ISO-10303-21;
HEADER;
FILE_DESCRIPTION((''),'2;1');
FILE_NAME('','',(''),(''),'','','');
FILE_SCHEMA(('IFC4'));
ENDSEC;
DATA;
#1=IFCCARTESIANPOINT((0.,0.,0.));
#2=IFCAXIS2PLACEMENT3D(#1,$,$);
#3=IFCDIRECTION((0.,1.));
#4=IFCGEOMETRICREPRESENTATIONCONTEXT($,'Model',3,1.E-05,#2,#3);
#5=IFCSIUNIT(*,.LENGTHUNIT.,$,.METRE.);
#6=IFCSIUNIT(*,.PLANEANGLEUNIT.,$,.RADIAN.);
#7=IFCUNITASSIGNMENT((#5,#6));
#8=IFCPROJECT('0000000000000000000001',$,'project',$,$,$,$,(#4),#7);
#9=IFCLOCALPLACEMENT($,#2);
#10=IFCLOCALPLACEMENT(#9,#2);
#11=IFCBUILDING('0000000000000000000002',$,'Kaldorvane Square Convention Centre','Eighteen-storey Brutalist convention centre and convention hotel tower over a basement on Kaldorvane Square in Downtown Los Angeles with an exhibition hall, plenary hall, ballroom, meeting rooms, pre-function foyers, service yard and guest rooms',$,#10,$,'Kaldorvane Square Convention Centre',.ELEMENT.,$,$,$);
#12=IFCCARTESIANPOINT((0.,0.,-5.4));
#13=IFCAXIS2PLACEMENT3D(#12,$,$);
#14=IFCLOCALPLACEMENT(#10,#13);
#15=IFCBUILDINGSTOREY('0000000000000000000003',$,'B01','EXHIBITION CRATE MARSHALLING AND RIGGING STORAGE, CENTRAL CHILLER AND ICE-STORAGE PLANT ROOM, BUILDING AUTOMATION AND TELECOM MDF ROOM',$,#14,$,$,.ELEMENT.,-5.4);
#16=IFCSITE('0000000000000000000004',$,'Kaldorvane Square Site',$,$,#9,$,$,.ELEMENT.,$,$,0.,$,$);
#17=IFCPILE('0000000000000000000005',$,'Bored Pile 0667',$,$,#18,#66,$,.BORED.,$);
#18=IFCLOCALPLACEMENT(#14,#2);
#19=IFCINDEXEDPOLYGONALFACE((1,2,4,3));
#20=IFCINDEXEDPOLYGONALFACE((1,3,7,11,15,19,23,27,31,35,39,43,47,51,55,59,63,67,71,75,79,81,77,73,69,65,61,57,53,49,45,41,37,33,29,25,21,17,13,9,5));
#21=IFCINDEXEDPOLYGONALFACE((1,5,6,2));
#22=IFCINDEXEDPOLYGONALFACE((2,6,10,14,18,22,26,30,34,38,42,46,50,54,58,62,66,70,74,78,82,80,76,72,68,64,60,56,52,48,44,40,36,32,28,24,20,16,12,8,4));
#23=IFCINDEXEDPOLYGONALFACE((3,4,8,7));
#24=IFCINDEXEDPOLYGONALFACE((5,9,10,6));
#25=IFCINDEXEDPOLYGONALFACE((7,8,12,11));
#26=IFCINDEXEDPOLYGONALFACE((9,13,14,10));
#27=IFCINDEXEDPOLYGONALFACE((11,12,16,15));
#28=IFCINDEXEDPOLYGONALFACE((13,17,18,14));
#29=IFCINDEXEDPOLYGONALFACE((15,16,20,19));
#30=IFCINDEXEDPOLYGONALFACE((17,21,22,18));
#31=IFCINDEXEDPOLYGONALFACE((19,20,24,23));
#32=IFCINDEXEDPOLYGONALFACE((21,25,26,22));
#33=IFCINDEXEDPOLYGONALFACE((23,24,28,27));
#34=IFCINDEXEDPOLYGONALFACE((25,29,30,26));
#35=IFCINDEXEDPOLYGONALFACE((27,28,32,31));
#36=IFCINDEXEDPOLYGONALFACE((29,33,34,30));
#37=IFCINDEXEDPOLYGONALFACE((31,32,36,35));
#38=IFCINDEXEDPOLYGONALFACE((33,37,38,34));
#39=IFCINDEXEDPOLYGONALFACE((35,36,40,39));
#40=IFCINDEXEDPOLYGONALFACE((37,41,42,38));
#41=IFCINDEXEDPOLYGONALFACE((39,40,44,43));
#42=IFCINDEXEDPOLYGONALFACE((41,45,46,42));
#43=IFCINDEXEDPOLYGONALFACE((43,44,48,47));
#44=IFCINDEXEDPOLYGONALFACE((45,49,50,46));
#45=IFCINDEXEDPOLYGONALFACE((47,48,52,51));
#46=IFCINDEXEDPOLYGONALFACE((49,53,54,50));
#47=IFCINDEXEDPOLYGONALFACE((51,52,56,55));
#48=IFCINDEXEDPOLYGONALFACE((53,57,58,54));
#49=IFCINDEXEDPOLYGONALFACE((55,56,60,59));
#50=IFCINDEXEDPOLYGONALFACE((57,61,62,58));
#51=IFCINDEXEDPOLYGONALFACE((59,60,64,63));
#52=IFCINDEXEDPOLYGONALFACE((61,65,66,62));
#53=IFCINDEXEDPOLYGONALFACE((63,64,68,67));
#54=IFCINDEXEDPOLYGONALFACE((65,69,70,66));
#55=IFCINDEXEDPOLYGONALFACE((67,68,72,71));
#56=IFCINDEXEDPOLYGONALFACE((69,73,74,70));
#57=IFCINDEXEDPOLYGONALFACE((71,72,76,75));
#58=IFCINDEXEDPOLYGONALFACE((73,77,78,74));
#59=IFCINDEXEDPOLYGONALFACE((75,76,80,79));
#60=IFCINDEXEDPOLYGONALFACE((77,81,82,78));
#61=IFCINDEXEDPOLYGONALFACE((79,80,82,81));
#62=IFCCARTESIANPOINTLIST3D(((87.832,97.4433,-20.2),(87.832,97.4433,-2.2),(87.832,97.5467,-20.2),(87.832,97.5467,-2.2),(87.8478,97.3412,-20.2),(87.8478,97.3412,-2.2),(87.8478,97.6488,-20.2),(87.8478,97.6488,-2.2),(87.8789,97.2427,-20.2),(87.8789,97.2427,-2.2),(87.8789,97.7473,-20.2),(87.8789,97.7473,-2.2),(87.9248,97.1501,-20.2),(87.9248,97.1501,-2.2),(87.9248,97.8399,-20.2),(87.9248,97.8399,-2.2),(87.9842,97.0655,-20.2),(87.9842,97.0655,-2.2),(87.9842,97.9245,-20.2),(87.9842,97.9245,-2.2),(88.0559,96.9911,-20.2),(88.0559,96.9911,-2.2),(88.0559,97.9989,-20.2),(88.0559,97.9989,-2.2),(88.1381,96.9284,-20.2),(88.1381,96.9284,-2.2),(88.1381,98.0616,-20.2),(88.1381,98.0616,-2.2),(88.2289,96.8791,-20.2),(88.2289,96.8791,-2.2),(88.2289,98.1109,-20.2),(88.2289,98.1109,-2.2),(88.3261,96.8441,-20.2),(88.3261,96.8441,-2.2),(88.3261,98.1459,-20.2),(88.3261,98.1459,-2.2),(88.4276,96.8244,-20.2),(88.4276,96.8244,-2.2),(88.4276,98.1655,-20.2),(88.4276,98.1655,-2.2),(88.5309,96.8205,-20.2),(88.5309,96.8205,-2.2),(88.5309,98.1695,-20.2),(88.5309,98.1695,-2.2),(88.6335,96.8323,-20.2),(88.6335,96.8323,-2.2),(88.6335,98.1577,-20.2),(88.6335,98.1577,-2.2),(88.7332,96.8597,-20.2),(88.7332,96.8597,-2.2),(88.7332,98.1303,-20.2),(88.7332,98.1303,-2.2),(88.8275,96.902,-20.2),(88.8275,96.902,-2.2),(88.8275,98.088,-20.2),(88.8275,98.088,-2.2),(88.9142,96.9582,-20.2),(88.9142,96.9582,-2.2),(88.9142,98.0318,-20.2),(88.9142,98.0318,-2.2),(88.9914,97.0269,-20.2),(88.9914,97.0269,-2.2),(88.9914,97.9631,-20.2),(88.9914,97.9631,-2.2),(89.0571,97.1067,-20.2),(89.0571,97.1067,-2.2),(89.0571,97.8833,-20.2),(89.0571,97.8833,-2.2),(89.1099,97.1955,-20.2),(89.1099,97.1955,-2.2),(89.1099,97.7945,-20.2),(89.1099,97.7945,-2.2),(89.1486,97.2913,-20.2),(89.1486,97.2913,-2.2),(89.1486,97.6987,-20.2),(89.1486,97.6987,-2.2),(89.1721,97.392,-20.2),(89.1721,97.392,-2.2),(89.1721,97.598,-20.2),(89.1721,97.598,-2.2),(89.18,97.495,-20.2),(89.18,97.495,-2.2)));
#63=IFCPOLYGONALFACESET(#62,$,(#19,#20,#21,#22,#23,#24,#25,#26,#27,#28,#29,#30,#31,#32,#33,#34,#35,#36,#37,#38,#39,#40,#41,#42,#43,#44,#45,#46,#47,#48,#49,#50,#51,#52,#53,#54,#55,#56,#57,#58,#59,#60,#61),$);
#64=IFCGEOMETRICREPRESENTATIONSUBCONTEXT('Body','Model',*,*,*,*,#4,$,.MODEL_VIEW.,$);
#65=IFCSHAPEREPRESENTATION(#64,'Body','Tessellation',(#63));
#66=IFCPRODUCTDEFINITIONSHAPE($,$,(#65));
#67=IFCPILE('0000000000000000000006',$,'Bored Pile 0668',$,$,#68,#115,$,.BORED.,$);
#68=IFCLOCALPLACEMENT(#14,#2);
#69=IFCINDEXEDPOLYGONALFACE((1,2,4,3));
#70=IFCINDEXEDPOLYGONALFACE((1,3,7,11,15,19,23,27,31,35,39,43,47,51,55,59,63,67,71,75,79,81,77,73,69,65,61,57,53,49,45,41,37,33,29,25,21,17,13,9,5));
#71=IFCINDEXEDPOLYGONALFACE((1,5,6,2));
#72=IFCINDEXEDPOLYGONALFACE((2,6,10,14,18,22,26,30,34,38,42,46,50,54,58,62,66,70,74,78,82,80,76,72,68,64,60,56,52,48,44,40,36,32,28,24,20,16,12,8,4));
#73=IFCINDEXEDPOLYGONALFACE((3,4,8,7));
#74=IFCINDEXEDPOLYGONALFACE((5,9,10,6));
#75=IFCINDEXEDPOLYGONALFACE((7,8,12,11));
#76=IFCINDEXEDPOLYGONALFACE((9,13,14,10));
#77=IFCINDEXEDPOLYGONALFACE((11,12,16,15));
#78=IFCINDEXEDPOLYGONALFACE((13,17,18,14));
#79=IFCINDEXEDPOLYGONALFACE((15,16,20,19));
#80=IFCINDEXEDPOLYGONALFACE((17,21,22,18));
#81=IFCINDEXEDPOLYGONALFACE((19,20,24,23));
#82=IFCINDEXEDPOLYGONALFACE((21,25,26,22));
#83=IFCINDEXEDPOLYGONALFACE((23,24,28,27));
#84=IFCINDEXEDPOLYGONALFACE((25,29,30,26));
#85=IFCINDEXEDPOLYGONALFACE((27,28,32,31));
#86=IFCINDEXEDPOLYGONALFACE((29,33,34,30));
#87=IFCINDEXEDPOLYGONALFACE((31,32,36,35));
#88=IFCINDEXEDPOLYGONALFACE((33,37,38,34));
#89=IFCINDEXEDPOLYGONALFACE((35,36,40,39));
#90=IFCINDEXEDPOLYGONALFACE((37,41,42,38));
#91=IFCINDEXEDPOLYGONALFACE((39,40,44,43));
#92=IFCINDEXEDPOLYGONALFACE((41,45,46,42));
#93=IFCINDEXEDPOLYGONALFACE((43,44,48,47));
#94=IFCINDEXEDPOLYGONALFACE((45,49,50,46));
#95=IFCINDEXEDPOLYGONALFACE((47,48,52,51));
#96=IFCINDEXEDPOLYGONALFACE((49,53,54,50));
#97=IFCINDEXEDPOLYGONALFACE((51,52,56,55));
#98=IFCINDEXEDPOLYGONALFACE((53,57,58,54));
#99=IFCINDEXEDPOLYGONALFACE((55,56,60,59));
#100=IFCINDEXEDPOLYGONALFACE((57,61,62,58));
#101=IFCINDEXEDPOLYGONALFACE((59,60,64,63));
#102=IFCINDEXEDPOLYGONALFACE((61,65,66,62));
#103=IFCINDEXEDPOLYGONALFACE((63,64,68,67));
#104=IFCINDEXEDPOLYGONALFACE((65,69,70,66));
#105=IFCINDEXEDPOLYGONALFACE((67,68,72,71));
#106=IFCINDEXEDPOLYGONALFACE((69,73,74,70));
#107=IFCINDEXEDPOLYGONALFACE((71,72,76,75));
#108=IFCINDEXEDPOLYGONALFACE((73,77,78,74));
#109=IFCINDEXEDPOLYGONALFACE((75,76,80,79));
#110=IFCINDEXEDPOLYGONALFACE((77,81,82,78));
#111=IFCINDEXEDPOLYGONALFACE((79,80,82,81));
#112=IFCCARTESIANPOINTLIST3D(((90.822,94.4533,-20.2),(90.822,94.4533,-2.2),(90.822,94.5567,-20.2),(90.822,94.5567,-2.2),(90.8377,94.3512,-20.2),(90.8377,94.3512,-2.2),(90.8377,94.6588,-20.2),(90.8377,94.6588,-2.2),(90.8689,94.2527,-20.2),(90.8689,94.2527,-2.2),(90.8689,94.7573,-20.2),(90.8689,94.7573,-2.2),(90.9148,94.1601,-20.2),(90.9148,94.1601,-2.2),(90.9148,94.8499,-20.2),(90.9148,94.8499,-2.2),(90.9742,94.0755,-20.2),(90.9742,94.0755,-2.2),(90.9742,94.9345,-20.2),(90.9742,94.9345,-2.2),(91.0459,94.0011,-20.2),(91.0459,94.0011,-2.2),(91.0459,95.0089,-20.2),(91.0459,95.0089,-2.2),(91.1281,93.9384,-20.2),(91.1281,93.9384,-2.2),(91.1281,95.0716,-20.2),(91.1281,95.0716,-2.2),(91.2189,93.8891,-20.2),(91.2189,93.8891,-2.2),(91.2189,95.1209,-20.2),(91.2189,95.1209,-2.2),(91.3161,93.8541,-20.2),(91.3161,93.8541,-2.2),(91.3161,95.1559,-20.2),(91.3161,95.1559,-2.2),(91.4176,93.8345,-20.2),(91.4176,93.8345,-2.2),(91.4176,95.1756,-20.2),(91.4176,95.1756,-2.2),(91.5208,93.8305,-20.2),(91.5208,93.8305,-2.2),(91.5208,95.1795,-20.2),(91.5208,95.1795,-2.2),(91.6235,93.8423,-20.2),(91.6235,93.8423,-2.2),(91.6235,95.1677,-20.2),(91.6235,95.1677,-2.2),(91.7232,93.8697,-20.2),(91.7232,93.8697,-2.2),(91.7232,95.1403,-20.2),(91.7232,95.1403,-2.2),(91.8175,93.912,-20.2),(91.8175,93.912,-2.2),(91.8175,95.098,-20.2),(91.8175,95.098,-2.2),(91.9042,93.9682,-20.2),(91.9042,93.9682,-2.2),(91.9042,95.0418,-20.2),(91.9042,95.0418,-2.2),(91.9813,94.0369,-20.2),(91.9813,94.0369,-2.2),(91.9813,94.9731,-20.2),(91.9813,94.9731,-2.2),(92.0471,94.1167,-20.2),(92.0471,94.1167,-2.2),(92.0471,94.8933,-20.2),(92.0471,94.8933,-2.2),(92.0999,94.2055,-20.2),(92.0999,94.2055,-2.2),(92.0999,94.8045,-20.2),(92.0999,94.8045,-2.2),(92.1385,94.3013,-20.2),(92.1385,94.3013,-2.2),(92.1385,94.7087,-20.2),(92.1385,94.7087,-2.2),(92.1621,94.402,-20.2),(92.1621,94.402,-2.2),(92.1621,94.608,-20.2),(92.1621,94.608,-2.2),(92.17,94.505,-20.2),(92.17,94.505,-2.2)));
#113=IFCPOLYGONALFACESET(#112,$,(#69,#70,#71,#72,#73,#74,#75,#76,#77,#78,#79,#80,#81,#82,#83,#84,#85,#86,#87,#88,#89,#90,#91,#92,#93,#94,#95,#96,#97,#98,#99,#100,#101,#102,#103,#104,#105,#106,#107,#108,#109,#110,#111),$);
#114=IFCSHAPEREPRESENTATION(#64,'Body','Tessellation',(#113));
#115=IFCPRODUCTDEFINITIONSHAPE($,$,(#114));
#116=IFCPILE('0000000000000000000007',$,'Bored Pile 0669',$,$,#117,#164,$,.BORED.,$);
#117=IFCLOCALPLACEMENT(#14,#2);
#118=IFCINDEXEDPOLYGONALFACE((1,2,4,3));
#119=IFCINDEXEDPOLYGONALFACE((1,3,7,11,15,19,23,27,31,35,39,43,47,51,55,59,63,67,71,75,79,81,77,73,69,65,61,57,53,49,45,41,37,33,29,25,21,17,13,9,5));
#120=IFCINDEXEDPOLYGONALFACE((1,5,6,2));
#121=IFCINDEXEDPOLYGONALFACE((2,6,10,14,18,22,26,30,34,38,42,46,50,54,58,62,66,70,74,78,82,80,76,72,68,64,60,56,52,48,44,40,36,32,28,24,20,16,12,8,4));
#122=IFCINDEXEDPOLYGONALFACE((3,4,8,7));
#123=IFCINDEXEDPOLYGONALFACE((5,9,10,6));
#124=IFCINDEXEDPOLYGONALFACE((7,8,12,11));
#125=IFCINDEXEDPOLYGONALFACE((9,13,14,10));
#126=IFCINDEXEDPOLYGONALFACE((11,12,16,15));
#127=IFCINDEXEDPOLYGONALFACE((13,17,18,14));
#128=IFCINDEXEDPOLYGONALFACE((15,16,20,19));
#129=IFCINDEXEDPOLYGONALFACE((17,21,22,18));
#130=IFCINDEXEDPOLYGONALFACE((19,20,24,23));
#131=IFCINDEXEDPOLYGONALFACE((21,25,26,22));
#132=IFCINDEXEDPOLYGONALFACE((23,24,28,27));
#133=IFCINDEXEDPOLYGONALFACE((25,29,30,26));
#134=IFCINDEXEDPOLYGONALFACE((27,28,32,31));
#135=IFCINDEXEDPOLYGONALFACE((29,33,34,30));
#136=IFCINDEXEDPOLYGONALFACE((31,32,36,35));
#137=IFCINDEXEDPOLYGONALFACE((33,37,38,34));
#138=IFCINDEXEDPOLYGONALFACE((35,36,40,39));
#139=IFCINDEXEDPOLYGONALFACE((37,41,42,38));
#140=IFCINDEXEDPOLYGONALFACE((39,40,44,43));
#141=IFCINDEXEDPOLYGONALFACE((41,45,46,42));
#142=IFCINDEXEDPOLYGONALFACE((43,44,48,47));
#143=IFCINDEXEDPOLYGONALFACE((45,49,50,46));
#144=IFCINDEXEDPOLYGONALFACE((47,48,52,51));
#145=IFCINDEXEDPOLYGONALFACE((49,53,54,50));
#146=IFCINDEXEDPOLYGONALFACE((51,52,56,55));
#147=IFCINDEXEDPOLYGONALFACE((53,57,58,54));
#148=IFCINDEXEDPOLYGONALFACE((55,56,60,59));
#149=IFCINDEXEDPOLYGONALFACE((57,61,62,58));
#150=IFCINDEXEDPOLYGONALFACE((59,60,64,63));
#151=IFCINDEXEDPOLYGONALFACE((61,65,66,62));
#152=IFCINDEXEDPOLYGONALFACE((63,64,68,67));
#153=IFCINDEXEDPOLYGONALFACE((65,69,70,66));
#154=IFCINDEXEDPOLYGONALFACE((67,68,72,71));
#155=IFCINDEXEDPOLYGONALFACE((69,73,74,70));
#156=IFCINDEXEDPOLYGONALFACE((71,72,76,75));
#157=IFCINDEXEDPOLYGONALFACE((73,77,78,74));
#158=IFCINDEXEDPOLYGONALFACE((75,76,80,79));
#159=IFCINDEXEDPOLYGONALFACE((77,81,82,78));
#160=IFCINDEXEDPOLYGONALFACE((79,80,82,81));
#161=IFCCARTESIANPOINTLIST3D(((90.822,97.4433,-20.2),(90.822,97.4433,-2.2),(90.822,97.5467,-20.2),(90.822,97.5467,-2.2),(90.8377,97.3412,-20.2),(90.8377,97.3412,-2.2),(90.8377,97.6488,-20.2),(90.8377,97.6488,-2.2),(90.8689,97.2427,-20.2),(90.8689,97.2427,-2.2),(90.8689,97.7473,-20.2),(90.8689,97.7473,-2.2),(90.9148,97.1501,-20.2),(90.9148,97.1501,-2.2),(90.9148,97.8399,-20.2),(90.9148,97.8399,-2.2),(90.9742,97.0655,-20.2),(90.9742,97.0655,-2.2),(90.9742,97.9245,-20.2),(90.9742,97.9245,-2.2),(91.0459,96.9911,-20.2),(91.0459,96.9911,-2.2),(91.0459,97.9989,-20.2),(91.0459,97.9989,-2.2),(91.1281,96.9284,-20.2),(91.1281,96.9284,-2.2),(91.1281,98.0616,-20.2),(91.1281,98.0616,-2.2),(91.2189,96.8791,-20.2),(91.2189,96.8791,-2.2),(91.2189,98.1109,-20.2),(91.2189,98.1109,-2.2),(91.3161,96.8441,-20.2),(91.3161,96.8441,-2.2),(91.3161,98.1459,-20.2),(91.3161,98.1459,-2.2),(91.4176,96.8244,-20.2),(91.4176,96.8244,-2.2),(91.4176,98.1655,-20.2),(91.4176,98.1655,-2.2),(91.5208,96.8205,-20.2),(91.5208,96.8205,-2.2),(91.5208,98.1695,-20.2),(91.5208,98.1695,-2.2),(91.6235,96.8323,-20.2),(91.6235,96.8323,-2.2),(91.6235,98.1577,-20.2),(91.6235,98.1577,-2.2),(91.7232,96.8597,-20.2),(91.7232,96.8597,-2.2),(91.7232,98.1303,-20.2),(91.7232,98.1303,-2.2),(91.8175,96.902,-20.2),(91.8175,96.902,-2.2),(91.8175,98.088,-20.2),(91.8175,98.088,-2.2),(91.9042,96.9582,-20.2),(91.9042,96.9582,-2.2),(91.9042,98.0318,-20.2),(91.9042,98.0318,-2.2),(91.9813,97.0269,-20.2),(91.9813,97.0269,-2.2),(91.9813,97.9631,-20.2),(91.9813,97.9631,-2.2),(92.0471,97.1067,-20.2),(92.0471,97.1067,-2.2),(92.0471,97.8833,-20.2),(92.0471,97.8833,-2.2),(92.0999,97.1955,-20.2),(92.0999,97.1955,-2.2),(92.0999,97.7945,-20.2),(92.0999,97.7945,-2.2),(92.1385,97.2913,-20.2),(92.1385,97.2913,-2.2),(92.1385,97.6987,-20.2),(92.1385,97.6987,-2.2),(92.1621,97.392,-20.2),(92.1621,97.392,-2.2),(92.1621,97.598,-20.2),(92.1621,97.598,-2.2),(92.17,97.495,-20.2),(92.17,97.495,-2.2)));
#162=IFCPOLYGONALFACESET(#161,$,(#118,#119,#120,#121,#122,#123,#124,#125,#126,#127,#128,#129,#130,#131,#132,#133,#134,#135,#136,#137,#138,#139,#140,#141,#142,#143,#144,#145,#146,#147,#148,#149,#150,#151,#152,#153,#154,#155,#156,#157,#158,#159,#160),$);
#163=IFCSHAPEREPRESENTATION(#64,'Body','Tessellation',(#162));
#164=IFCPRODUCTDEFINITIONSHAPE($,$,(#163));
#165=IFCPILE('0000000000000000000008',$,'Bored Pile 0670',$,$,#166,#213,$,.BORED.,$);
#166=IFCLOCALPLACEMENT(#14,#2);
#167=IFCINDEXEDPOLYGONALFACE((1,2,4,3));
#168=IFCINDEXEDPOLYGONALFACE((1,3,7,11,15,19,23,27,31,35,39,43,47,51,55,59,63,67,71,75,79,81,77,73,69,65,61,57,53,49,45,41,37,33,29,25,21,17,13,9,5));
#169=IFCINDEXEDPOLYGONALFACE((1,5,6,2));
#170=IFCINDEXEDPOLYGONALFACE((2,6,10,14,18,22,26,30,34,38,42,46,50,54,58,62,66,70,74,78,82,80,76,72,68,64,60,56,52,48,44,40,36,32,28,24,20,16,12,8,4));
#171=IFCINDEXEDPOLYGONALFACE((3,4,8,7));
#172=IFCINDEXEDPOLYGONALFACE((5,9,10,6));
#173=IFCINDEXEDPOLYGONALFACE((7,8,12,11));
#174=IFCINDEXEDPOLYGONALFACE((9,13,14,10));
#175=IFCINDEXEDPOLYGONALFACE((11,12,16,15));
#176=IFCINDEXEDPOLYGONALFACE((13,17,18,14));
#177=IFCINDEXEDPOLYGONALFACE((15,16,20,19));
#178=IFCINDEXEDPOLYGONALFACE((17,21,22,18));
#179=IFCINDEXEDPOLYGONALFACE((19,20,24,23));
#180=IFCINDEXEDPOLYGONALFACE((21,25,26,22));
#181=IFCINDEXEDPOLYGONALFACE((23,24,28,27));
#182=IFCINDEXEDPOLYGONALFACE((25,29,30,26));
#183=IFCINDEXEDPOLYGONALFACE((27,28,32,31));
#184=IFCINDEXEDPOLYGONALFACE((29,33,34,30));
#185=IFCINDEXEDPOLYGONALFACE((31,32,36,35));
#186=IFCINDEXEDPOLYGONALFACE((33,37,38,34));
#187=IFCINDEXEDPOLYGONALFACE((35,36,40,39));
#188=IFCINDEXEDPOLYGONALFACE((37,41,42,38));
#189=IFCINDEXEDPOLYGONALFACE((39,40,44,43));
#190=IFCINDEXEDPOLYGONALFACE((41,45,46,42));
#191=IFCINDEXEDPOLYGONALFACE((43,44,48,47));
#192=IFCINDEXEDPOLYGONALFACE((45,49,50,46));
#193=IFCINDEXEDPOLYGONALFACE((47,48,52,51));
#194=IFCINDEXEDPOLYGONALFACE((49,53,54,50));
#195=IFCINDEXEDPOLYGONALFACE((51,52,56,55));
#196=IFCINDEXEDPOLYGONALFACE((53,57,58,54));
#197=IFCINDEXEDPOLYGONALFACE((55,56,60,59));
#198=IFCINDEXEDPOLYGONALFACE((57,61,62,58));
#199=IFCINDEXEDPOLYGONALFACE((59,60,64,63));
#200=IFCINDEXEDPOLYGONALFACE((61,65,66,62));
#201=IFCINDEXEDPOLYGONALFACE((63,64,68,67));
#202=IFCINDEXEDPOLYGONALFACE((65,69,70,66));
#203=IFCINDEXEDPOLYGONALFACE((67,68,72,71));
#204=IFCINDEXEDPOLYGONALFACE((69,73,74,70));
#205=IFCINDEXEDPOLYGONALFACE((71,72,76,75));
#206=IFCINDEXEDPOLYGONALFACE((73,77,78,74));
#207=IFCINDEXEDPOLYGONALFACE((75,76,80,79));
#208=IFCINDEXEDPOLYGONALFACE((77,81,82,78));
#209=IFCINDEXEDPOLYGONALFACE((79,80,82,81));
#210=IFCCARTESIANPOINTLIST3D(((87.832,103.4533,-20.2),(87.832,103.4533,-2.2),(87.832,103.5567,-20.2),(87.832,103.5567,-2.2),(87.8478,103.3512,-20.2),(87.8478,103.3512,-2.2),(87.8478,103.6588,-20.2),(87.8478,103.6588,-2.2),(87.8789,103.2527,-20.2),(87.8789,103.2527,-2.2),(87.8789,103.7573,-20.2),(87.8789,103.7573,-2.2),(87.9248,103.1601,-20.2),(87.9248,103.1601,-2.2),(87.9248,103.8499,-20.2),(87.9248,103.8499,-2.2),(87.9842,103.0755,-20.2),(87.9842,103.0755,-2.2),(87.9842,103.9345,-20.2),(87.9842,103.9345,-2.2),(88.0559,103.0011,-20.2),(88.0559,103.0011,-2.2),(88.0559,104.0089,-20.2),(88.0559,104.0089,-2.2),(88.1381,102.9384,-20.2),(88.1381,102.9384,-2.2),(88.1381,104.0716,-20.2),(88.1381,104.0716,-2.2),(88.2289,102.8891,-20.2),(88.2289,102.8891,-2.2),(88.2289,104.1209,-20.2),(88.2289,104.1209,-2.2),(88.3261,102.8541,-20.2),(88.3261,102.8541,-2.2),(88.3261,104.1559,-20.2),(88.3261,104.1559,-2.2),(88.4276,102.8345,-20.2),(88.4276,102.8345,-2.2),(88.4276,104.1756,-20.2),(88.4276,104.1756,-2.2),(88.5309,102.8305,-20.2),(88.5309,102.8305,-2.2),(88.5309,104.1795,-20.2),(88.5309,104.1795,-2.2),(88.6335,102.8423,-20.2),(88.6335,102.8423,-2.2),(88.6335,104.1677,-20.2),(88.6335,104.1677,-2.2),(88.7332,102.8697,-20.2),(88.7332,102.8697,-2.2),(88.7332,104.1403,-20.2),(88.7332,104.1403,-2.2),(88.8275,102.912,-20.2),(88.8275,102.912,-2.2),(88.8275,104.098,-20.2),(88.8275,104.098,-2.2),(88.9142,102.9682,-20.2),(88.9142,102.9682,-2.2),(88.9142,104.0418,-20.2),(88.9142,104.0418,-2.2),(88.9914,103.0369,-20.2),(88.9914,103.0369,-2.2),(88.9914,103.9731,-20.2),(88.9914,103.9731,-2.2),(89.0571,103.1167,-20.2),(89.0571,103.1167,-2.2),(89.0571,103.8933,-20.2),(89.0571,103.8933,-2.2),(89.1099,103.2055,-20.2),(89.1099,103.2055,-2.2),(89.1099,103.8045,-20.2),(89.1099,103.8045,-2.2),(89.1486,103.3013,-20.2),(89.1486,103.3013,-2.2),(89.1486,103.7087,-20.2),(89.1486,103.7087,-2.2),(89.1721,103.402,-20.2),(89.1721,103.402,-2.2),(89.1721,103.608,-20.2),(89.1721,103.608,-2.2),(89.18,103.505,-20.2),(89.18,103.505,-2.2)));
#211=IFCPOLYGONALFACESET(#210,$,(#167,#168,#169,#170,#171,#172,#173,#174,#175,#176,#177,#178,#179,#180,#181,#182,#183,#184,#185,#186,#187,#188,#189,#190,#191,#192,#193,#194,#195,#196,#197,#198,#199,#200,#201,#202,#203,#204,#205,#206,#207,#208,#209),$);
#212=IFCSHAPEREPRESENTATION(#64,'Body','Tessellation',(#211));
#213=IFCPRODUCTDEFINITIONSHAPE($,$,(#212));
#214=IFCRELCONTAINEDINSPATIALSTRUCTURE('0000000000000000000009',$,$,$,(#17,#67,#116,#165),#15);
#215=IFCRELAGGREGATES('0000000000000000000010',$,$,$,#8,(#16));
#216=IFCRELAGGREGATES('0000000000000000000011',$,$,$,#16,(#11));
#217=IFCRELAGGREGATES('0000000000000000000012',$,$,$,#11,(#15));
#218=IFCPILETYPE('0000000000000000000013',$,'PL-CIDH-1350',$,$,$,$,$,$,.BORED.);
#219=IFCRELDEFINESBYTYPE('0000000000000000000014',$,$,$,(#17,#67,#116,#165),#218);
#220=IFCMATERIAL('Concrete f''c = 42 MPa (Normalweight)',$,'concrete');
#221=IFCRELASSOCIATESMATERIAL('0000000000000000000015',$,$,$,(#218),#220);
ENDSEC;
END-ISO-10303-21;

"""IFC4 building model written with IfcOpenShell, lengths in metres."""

from ifc_helpers import new_model, si_unit, direction, frame, origin, origin_2d, place, context, subcontext, project, spatial, circle, extrude, material, material_profile, profile_set, type_object, element, save


model = new_model("IFC4")

# Units and contexts
model_context = context("Model", 3, precision=1e-05, world=origin(), true_north=direction((0.0, 1.0)))
body_context = subcontext(model_context, "Body", "Model", "MODEL_VIEW")
ifc_project = project(units=[si_unit("LENGTHUNIT", "METRE"), si_unit("PLANEANGLEUNIT", "RADIAN")], contexts=[model_context])

# Site, building, storey
site_placement = place(None, origin())
site = spatial("IfcSite", under=ifc_project, at=site_placement, Name="Kaldorvane Square Site", CompositionType="ELEMENT", RefElevation=0.0)
building_placement = place(site_placement, origin())
building = spatial("IfcBuilding", under=site, at=building_placement, Name="Kaldorvane Square Convention Centre", Description="Eighteen-storey Brutalist convention centre and convention hotel tower over a basement on Kaldorvane Square in Downtown Los Angeles with an exhibition hall, plenary hall, ballroom, meeting rooms, pre-function foyers, service yard and guest rooms", LongName="Kaldorvane Square Convention Centre", CompositionType="ELEMENT")
storey_placement = place(building_placement, frame((0.0, 0.0, -5.4)))
storey = spatial("IfcBuildingStorey", under=building, at=storey_placement, Name="B01", Description="EXHIBITION CRATE MARSHALLING AND RIGGING STORAGE, CENTRAL CHILLER AND ICE-STORAGE PLANT ROOM, BUILDING AUTOMATION AND TELECOM MDF ROOM", CompositionType="ELEMENT", Elevation=-5.4)

# Shared definitions
ifc_material_1 = material(Name="Concrete f'c = 42 MPa (Normalweight)", Category="concrete")

# Piles
ifc_material_profile_1 = material_profile(ifc_material_1, circle(Radius=0.675, at=origin_2d()), Name="PILE-D1350")
ifc_profile_set_1 = profile_set([ifc_material_profile_1], Name="Concrete f'c = 42 MPa (Normalweight)")
pile_type_1 = type_object("IfcPileType", Name="PL-CIDH-1350", PredefinedType="BORED", material=ifc_profile_set_1)
for number, where, z_axis, x_axis, name in (
    (1, (88.505, 97.495, -2.2), (0.0, 0.0, -1.0), (1.0, 0.0, 0.0), "Bored Pile 0667"),
    (2, (91.495, 94.505, -2.2), (0.0, 0.0, -1.0), (1.0, 0.0, 0.0), "Bored Pile 0668"),
    (3, (91.495, 97.495, -2.2), (0.0, 0.0, -1.0), (1.0, 0.0, 0.0), "Bored Pile 0669"),
    (4, (88.505, 103.505, -2.2), (0.0, 0.0, -1.0), (1.0, 0.0, 0.0), "Bored Pile 0670"),
):
    element("IfcPile", number, at=place(storey_placement, frame(where, z_axis=z_axis, x_axis=x_axis)), inside=storey, type_object=pile_type_1, Name=name, PredefinedType="BORED", context=body_context, shape_type="SweptSolid", body=[
        extrude(circle(Radius=0.675, at=origin_2d()), origin(), (0.0, 0.0, 1.0), 18.0),
    ])

save(model, "model.ifc")
